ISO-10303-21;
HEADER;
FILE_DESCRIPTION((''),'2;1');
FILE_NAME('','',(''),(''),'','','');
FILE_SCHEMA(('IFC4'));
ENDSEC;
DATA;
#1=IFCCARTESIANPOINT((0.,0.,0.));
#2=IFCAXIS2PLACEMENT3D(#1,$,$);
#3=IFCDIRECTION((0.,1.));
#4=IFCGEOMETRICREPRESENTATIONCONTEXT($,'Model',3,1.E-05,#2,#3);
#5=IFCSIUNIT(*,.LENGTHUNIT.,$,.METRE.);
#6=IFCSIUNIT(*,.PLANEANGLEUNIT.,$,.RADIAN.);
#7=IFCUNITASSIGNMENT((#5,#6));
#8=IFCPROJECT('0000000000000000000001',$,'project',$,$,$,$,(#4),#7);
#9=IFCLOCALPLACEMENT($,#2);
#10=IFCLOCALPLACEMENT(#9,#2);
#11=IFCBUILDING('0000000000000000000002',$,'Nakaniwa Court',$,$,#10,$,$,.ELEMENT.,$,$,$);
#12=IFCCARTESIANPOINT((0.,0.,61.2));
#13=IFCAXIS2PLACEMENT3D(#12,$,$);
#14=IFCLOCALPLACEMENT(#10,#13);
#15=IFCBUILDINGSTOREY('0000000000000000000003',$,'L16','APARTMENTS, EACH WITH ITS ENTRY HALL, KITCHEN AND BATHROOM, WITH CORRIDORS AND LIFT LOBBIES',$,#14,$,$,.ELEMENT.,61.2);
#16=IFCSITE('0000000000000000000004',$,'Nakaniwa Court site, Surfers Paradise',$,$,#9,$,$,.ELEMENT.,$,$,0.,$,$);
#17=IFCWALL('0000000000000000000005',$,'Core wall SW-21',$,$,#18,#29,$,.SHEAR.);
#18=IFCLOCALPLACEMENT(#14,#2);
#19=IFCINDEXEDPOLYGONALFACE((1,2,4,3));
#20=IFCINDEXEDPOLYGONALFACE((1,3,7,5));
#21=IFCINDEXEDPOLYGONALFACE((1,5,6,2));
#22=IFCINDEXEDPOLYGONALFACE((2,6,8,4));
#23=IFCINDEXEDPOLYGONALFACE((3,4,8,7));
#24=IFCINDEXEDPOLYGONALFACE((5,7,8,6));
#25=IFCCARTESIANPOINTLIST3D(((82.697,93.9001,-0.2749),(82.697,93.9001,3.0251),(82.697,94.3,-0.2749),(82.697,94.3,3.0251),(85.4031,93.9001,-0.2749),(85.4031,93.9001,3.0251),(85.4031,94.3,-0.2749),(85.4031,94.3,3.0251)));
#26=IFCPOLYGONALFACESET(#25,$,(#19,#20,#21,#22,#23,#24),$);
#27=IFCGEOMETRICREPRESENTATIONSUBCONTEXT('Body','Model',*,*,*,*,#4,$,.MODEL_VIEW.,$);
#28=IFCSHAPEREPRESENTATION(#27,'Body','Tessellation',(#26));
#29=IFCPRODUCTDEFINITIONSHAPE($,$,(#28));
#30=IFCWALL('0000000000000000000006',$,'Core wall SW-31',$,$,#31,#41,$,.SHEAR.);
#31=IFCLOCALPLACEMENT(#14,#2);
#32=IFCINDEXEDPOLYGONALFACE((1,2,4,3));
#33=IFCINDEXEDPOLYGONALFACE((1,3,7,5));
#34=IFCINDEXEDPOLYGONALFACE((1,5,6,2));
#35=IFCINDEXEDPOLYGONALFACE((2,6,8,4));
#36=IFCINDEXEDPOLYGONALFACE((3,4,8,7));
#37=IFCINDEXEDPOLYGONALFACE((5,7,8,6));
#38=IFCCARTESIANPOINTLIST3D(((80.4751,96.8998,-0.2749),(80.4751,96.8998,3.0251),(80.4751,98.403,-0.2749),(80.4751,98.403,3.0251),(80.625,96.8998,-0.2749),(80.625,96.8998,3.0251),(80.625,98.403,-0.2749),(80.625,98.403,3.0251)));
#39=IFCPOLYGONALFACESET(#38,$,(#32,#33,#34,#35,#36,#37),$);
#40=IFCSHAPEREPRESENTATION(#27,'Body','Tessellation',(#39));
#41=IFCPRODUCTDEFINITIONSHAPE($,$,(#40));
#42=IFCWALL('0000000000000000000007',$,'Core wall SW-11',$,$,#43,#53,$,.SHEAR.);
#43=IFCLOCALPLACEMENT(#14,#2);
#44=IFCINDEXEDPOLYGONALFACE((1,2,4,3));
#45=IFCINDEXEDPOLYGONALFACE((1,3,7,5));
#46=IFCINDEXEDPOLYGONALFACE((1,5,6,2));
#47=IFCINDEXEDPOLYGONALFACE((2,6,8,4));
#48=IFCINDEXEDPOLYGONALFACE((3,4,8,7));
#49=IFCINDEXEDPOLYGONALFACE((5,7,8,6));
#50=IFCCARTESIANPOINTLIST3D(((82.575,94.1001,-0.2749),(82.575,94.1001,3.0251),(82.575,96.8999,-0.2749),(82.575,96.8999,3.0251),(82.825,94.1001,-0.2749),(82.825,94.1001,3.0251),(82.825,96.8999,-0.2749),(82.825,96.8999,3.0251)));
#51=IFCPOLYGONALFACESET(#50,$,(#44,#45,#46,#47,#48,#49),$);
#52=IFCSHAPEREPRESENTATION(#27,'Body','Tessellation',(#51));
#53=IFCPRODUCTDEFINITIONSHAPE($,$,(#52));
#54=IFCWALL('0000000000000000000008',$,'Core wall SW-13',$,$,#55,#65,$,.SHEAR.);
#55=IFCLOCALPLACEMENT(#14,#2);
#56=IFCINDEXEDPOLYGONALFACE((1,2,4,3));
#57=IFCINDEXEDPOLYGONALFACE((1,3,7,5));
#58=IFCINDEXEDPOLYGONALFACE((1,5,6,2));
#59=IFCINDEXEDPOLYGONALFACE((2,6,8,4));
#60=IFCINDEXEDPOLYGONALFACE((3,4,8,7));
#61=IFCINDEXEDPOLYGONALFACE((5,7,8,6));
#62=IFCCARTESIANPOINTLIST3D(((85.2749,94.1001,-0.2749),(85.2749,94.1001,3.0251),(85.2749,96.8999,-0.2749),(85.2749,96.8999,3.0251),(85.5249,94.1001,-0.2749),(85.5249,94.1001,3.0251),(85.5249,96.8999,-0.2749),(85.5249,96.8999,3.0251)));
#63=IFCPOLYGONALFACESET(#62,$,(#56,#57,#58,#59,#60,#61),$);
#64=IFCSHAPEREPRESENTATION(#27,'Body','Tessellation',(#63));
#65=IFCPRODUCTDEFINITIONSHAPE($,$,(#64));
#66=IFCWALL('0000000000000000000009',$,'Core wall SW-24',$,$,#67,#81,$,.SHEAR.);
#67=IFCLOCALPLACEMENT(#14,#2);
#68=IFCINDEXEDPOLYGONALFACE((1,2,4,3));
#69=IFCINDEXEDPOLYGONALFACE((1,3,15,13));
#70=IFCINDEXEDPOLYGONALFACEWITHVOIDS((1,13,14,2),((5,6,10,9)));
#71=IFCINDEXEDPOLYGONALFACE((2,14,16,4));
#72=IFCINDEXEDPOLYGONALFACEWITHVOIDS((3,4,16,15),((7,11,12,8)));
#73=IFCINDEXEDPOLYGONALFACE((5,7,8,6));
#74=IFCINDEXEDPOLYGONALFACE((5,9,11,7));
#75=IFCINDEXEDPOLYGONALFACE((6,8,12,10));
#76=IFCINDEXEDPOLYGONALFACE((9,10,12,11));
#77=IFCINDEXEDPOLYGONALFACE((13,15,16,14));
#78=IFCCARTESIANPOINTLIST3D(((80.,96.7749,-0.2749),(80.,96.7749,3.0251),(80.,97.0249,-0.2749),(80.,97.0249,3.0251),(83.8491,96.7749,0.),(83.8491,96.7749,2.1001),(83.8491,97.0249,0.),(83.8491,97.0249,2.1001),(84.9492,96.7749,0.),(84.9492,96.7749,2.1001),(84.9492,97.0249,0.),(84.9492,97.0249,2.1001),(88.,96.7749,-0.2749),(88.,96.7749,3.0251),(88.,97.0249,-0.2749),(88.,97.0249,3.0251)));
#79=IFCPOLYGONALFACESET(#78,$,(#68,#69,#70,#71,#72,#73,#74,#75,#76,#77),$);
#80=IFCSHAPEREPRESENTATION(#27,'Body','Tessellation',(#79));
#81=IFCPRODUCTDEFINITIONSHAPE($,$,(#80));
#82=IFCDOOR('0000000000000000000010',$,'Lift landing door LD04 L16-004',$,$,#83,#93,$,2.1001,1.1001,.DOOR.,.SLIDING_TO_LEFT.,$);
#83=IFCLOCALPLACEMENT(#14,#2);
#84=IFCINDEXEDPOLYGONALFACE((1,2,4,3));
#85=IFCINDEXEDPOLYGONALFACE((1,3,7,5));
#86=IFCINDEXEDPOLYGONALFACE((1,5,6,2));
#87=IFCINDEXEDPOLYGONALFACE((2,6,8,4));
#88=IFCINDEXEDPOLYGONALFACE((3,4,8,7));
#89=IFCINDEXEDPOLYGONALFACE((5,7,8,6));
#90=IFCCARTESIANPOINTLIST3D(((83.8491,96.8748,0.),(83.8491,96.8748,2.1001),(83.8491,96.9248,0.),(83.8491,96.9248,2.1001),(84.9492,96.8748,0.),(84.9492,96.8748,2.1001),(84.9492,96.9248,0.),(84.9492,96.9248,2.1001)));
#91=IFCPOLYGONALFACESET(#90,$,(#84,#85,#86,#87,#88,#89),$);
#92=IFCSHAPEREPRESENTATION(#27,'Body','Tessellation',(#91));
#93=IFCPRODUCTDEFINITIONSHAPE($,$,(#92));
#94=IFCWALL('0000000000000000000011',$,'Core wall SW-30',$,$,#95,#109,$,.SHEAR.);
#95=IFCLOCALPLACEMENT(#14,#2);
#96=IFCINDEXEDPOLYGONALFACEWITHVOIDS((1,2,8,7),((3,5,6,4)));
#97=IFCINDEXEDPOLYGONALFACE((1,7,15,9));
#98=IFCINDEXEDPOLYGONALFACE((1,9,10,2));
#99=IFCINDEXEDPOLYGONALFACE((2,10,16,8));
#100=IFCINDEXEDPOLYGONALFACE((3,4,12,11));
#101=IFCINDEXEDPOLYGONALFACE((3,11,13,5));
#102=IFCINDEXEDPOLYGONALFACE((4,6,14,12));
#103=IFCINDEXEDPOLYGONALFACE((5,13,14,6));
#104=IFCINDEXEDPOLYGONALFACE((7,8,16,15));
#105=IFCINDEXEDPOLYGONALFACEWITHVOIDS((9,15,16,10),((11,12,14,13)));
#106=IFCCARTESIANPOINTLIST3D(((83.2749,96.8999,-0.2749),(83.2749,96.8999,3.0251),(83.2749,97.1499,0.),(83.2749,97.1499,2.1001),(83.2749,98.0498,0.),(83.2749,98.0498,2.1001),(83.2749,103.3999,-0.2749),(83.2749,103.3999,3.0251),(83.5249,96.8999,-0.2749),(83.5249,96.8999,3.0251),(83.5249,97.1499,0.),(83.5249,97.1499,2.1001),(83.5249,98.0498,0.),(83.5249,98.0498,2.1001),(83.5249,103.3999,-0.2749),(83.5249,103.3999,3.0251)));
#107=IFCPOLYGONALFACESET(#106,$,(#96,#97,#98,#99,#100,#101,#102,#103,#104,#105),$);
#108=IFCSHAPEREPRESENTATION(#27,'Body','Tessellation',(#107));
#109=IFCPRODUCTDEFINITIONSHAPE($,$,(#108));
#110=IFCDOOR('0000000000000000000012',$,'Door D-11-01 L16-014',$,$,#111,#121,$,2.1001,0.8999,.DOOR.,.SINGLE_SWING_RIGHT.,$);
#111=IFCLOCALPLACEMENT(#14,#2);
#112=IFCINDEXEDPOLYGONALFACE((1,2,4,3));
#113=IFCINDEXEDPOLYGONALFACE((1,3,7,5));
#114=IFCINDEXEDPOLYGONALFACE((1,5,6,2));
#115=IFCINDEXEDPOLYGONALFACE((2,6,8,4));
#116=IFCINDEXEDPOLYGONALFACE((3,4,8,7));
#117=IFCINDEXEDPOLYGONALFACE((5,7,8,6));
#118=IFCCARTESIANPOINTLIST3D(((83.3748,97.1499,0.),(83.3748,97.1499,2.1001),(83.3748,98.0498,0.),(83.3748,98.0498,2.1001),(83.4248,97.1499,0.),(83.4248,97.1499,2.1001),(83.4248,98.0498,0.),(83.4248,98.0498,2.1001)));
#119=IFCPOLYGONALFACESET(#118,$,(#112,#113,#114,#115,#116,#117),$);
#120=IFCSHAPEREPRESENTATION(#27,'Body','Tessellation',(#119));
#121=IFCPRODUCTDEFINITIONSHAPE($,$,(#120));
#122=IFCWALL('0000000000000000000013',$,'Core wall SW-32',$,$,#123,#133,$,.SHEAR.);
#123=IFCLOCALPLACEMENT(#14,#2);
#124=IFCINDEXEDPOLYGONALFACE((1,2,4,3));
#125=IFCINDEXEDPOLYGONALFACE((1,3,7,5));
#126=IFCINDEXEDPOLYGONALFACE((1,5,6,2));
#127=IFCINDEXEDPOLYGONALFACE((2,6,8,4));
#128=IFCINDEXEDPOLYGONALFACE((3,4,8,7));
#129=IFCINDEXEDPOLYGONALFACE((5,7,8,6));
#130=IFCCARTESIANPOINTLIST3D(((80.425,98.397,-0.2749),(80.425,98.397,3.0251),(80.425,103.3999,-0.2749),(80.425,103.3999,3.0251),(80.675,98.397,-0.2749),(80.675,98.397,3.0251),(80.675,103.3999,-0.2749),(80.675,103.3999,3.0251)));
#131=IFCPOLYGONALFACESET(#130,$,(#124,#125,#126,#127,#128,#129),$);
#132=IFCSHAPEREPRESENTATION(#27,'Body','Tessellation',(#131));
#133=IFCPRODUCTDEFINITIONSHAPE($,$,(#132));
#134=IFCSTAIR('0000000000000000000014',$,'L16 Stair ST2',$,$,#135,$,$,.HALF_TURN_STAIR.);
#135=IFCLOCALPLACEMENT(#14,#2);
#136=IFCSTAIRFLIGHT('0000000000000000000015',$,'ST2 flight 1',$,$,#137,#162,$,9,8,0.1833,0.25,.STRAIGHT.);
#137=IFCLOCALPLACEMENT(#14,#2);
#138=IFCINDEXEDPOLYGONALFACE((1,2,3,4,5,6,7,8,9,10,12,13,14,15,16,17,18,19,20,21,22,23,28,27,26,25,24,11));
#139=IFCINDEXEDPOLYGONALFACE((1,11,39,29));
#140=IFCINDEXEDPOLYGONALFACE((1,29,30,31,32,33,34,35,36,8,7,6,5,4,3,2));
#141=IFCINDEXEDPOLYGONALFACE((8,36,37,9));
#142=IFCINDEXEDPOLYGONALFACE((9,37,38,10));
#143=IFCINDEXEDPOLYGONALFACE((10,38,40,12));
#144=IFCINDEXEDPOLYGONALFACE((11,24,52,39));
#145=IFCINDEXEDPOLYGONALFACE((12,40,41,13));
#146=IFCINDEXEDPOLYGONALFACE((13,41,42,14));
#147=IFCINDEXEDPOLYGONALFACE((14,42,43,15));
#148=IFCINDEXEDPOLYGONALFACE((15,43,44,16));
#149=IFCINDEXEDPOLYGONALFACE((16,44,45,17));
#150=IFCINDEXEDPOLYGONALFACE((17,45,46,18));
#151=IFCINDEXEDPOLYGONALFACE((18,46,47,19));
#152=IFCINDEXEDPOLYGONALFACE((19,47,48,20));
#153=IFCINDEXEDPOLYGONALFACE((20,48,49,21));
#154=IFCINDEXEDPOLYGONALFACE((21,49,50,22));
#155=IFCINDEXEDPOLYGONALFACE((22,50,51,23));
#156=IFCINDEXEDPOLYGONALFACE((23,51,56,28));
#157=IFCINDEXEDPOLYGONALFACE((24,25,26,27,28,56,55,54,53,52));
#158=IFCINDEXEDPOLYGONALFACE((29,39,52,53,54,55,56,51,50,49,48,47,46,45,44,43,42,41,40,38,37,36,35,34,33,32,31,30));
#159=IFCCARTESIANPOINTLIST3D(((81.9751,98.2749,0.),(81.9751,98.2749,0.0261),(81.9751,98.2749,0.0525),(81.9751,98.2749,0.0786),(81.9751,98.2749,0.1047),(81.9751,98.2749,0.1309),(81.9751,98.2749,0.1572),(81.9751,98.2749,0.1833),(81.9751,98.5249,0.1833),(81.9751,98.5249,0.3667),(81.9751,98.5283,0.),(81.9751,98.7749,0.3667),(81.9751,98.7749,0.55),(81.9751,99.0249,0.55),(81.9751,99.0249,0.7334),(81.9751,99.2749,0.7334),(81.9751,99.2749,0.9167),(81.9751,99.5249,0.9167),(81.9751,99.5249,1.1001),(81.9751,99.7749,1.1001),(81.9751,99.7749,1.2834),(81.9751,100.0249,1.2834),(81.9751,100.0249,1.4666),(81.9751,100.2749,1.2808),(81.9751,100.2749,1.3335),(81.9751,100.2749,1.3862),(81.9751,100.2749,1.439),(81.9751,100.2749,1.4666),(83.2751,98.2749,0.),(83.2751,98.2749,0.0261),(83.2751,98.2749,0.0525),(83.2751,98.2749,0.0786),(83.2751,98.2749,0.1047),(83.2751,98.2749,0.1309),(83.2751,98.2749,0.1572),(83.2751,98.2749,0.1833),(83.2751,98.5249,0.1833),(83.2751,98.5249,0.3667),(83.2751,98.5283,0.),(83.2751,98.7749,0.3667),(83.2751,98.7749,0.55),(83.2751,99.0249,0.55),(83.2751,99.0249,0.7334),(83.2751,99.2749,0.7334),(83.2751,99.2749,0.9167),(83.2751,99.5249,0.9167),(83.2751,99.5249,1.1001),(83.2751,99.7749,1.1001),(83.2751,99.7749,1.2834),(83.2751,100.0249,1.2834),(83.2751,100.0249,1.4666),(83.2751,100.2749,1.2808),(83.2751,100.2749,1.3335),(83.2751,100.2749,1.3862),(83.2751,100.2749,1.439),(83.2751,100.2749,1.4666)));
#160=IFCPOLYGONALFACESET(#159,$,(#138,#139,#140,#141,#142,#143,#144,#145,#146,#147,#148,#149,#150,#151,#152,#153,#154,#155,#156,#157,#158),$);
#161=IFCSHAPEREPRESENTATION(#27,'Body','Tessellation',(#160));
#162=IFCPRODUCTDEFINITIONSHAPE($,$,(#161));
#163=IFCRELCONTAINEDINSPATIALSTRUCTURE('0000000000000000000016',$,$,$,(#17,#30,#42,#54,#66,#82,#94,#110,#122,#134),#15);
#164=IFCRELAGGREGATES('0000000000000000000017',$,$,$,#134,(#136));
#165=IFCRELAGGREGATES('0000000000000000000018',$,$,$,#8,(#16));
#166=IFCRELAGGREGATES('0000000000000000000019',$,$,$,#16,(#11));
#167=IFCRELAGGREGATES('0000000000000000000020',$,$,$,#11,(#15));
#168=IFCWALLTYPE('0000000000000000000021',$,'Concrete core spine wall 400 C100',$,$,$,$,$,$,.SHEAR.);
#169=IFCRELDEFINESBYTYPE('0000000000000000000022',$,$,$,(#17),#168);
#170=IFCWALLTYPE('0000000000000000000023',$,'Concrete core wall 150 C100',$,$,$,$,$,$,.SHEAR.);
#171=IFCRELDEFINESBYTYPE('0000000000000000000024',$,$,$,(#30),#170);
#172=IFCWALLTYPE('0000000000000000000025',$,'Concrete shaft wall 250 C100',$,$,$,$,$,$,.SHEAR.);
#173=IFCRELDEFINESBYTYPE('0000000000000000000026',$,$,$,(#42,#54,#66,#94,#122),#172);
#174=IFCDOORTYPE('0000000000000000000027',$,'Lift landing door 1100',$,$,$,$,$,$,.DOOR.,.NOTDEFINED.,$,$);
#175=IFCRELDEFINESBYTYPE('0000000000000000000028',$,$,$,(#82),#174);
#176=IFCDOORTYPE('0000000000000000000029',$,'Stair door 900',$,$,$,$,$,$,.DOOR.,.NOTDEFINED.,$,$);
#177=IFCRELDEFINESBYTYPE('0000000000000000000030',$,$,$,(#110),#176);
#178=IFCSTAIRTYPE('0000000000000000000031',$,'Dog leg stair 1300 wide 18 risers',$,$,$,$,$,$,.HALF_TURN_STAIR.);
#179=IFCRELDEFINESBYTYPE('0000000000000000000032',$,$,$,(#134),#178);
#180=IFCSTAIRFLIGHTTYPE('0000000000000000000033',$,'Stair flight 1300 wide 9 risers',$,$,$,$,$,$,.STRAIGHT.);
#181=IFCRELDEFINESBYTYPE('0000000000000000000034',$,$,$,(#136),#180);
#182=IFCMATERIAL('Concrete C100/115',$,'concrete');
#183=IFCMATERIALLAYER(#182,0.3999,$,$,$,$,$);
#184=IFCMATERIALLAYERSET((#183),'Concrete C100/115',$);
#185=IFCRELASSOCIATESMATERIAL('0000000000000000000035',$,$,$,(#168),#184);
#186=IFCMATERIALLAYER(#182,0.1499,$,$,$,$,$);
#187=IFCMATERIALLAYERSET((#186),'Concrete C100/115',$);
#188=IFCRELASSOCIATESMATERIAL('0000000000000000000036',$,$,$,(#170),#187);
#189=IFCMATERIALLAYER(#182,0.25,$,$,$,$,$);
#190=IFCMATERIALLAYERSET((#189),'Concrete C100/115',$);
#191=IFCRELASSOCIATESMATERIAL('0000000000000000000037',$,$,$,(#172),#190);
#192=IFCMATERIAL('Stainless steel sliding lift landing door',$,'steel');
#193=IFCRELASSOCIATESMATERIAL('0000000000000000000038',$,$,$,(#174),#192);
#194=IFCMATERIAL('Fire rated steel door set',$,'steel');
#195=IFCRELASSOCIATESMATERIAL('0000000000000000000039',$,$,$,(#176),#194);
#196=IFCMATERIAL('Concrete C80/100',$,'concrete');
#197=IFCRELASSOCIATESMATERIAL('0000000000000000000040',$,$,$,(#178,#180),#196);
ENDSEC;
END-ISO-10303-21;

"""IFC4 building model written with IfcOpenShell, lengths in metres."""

from ifc_helpers import new_model, si_unit, direction, frame, frame_2d, origin, place, context, subcontext, project, spatial, polyline, rectangle, outline, extrude, material, layer, layer_set, type_object, element, fill, aggregate, save


model = new_model("IFC4")

# Units and contexts
model_context = context("Model", 3, precision=1e-05, world=origin(), true_north=direction((0.0, 1.0)))
body_context = subcontext(model_context, "Body", "Model", "MODEL_VIEW")
ifc_project = project(units=[si_unit("LENGTHUNIT", "METRE"), si_unit("PLANEANGLEUNIT", "RADIAN")], contexts=[model_context])

# Site, building, storey
site_placement = place(None, origin())
site = spatial("IfcSite", under=ifc_project, at=site_placement, Name="Nakaniwa Court site, Surfers Paradise", CompositionType="ELEMENT", RefElevation=0.0)
building_placement = place(site_placement, origin())
building = spatial("IfcBuilding", under=site, at=building_placement, Name="Nakaniwa Court", CompositionType="ELEMENT")
storey_placement = place(building_placement, frame((0.0, 0.0, 61.2)))
storey = spatial("IfcBuildingStorey", under=building, at=storey_placement, Name="L16", Description="APARTMENTS, EACH WITH ITS ENTRY HALL, KITCHEN AND BATHROOM, WITH CORRIDORS AND LIFT LOBBIES", CompositionType="ELEMENT", Elevation=61.2)

# Shared definitions
ifc_material_1 = material(Name="Concrete C80/100", Category="concrete")

# Shared definitions
ifc_material_2 = material(Name="Fire rated steel door set", Category="steel")

# Shared definitions
ifc_material_3 = material(Name="Concrete C100/115", Category="concrete")

# Walls
ifc_layer_1 = layer(ifc_material_3, 0.3999)
ifc_layer_set_1 = layer_set([ifc_layer_1], Name="Concrete C100/115")
wall_type_1 = type_object("IfcWallType", Name="Concrete core spine wall 400 C100", PredefinedType="SHEAR", material=ifc_layer_set_1)
wall_1_placement = place(storey_placement, frame((82.697, 94.1001, -0.2749), z_axis=(0.0, 0.0, 1.0), x_axis=(1.0, 0.0, 0.0)))
element("IfcWall", 1, at=wall_1_placement, inside=storey, type_object=wall_type_1, Name="Core wall SW-21", PredefinedType="SHEAR", context=body_context, shape_type="SweptSolid", body=[
    extrude(rectangle(XDim=2.7061, YDim=0.3999, at=frame_2d((1.353, 0.0))), origin(), (0.0, 0.0, 1.0), 3.3),
])
ifc_layer_2 = layer(ifc_material_3, 0.1499)
ifc_layer_set_2 = layer_set([ifc_layer_2], Name="Concrete C100/115")
wall_type_2 = type_object("IfcWallType", Name="Concrete core wall 150 C100", PredefinedType="SHEAR", material=ifc_layer_set_2)
wall_2_placement = place(storey_placement, frame((80.55, 96.8999, -0.2749), z_axis=(0.0, 0.0, 1.0), x_axis=(0.0, 1.0, 0.0)))
element("IfcWall", 2, at=wall_2_placement, inside=storey, type_object=wall_type_2, Name="Core wall SW-31", PredefinedType="SHEAR", context=body_context, shape_type="SweptSolid", body=[
    extrude(rectangle(XDim=1.5032, YDim=0.1499, at=frame_2d((0.7515, 0.0))), origin(), (0.0, 0.0, 1.0), 3.3),
])
ifc_layer_3 = layer(ifc_material_3, 0.25)
ifc_layer_set_3 = layer_set([ifc_layer_3], Name="Concrete C100/115")
wall_type_3 = type_object("IfcWallType", Name="Concrete shaft wall 250 C100", PredefinedType="SHEAR", material=ifc_layer_set_3)
for number, where, z_axis, x_axis, name in (
    (3, (82.7, 94.1001, -0.2749), (0.0, 0.0, 1.0), (0.0, 1.0, 0.0), "Core wall SW-11"),
    (4, (85.3999, 94.1001, -0.2749), (0.0, 0.0, 1.0), (0.0, 1.0, 0.0), "Core wall SW-13"),
):
    element("IfcWall", number, at=place(storey_placement, frame(where, z_axis=z_axis, x_axis=x_axis)), inside=storey, type_object=wall_type_3, Name=name, PredefinedType="SHEAR", context=body_context, shape_type="SweptSolid", body=[
        extrude(rectangle(XDim=2.7998, YDim=0.25, at=frame_2d((1.3999, 0.0))), origin(), (0.0, 0.0, 1.0), 3.3),
    ])

# Walls, openings, doors
wall_3_placement = place(storey_placement, frame((80.0, 96.8999, -0.2749), z_axis=(0.0, 0.0, 1.0), x_axis=(1.0, 0.0, 0.0)))
wall_3 = element("IfcWall", 5, at=wall_3_placement, inside=storey, type_object=wall_type_3, Name="Core wall SW-24", PredefinedType="SHEAR", context=body_context, shape_type="SweptSolid", body=[
    extrude(rectangle(XDim=8.0, YDim=0.25, at=frame_2d((4.0, 0.0))), origin(), (0.0, 0.0, 1.0), 3.3),
])
opening_1_placement = place(wall_3_placement, frame((3.8491, 0.0, 0.2749)))
opening_1 = element("IfcOpeningElement", 6, at=opening_1_placement, cuts=wall_3, PredefinedType="OPENING", context=body_context, shape_type="SweptSolid", body=[
    extrude(rectangle(XDim=1.1001, YDim=2.1001, at=frame_2d((0.55, 1.05))), frame((0.0, 0.135, 0.0), z_axis=(0.0, -1.0, 0.0), x_axis=(1.0, 0.0, 0.0)), (0.0, 0.0, 1.0), 0.27),
])
ifc_material_4 = material(Name="Stainless steel sliding lift landing door", Category="steel")
door_type_1 = type_object("IfcDoorType", Name="Lift landing door 1100", OperationType="NOTDEFINED", PredefinedType="DOOR", material=ifc_material_4)
door_1_placement = place(opening_1_placement, origin())
door_1 = element("IfcDoor", 7, at=door_1_placement, inside=storey, type_object=door_type_1, Name="Lift landing door LD04 L16-004", OperationType="SLIDING_TO_LEFT", OverallHeight=2.1001, OverallWidth=1.1001, PredefinedType="DOOR", context=body_context, shape_type="SweptSolid", body=[
    extrude(rectangle(XDim=1.1001, YDim=2.1001, at=frame_2d((0.55, 1.05))), frame((0.0, 0.0249, 0.0), z_axis=(0.0, -1.0, 0.0), x_axis=(1.0, 0.0, 0.0)), (0.0, 0.0, 1.0), 0.05),
])
fill(opening_1, door_1)
wall_4_placement = place(storey_placement, frame((83.3999, 103.3999, -0.2749), z_axis=(0.0, 0.0, 1.0), x_axis=(0.0, -1.0, 0.0)))
wall_4 = element("IfcWall", 8, at=wall_4_placement, inside=storey, type_object=wall_type_3, Name="Core wall SW-30", PredefinedType="SHEAR", context=body_context, shape_type="SweptSolid", body=[
    extrude(rectangle(XDim=6.5, YDim=0.25, at=frame_2d((3.25, 0.0))), origin(), (0.0, 0.0, 1.0), 3.3),
])
opening_2_placement = place(wall_4_placement, frame((5.3501, 0.0, 0.2749)))
opening_2 = element("IfcOpeningElement", 9, at=opening_2_placement, cuts=wall_4, PredefinedType="OPENING", context=body_context, shape_type="SweptSolid", body=[
    extrude(rectangle(XDim=0.8999, YDim=2.1001, at=frame_2d((0.45, 1.05))), frame((0.0, 0.135, 0.0), z_axis=(0.0, -1.0, 0.0), x_axis=(1.0, 0.0, 0.0)), (0.0, 0.0, 1.0), 0.27),
])
door_type_2 = type_object("IfcDoorType", Name="Stair door 900", OperationType="NOTDEFINED", PredefinedType="DOOR", material=ifc_material_2)
door_2_placement = place(opening_2_placement, origin())
door_2 = element("IfcDoor", 10, at=door_2_placement, inside=storey, type_object=door_type_2, Name="Door D-11-01 L16-014", OperationType="SINGLE_SWING_RIGHT", OverallHeight=2.1001, OverallWidth=0.8999, PredefinedType="DOOR", context=body_context, shape_type="SweptSolid", body=[
    extrude(rectangle(XDim=0.8999, YDim=2.1001, at=frame_2d((0.45, 1.05))), frame((0.0, 0.0249, 0.0), z_axis=(0.0, -1.0, 0.0), x_axis=(1.0, 0.0, 0.0)), (0.0, 0.0, 1.0), 0.05),
])
fill(opening_2, door_2)

# Wall
wall_5_placement = place(storey_placement, frame((80.55, 98.397, -0.2749), z_axis=(0.0, 0.0, 1.0), x_axis=(0.0, 1.0, 0.0)))
element("IfcWall", 11, at=wall_5_placement, inside=storey, type_object=wall_type_3, Name="Core wall SW-32", PredefinedType="SHEAR", context=body_context, shape_type="SweptSolid", body=[
    extrude(rectangle(XDim=5.0029, YDim=0.25, at=frame_2d((2.5015, 0.0))), origin(), (0.0, 0.0, 1.0), 3.3),
])

# Stair, stair flight
stair_type = type_object("IfcStairType", Name="Dog leg stair 1300 wide 18 risers", PredefinedType="HALF_TURN_STAIR", material=ifc_material_1)
stair_placement = place(storey_placement, origin())
stair = element("IfcStair", 12, at=stair_placement, inside=storey, type_object=stair_type, Name="L16 Stair ST2", PredefinedType="HALF_TURN_STAIR")
stair_flight_type = type_object("IfcStairFlightType", Name="Stair flight 1300 wide 9 risers", PredefinedType="STRAIGHT", material=ifc_material_1)
stair_flight_1_placement = place(storey_placement, frame((82.625, 98.2749, 0.0), z_axis=(0.0, 0.0, 1.0), x_axis=(0.0, 1.0, 0.0)))
stair_flight_1 = element("IfcStairFlight", 13, at=stair_flight_1_placement, type_object=stair_flight_type, Name="ST2 flight 1", NumberOfRisers=9, NumberOfTreads=8, PredefinedType="STRAIGHT", RiserHeight=0.1833, TreadLength=0.25, context=body_context, shape_type="SweptSolid", body=[
    extrude(outline(polyline([(0.0, 0.0), (0.0, 0.0261), (0.0, 0.0525), (0.0, 0.0786), (0.0, 0.1047), (0.0, 0.1309), (0.0, 0.1572), (0.0, 0.1833), (0.25, 0.1833), (0.25, 0.3667), (0.5, 0.3667), (0.5, 0.55), (0.75, 0.55), (0.75, 0.7334), (1.0, 0.7334), (1.0, 0.9167), (1.25, 0.9167), (1.25, 1.1001), (1.5, 1.1001), (1.5, 1.2834), (1.75, 1.2834), (1.75, 1.4666), (2.0, 1.4666), (2.0, 1.6499), (2.0, 1.5972), (2.0, 1.5444), (2.0, 1.4917), (2.0, 1.439), (2.0, 1.3862), (2.0, 1.3335), (2.0, 1.2808), (0.2534, 0.0), (0.0, 0.0)])), frame((0.0, 0.6499, 0.0), z_axis=(0.0, -1.0, 0.0), x_axis=(1.0, 0.0, 0.0)), (0.0, 0.0, 1.0), 1.3),
])
aggregate(stair, [stair_flight_1])

save(model, "model.ifc")
